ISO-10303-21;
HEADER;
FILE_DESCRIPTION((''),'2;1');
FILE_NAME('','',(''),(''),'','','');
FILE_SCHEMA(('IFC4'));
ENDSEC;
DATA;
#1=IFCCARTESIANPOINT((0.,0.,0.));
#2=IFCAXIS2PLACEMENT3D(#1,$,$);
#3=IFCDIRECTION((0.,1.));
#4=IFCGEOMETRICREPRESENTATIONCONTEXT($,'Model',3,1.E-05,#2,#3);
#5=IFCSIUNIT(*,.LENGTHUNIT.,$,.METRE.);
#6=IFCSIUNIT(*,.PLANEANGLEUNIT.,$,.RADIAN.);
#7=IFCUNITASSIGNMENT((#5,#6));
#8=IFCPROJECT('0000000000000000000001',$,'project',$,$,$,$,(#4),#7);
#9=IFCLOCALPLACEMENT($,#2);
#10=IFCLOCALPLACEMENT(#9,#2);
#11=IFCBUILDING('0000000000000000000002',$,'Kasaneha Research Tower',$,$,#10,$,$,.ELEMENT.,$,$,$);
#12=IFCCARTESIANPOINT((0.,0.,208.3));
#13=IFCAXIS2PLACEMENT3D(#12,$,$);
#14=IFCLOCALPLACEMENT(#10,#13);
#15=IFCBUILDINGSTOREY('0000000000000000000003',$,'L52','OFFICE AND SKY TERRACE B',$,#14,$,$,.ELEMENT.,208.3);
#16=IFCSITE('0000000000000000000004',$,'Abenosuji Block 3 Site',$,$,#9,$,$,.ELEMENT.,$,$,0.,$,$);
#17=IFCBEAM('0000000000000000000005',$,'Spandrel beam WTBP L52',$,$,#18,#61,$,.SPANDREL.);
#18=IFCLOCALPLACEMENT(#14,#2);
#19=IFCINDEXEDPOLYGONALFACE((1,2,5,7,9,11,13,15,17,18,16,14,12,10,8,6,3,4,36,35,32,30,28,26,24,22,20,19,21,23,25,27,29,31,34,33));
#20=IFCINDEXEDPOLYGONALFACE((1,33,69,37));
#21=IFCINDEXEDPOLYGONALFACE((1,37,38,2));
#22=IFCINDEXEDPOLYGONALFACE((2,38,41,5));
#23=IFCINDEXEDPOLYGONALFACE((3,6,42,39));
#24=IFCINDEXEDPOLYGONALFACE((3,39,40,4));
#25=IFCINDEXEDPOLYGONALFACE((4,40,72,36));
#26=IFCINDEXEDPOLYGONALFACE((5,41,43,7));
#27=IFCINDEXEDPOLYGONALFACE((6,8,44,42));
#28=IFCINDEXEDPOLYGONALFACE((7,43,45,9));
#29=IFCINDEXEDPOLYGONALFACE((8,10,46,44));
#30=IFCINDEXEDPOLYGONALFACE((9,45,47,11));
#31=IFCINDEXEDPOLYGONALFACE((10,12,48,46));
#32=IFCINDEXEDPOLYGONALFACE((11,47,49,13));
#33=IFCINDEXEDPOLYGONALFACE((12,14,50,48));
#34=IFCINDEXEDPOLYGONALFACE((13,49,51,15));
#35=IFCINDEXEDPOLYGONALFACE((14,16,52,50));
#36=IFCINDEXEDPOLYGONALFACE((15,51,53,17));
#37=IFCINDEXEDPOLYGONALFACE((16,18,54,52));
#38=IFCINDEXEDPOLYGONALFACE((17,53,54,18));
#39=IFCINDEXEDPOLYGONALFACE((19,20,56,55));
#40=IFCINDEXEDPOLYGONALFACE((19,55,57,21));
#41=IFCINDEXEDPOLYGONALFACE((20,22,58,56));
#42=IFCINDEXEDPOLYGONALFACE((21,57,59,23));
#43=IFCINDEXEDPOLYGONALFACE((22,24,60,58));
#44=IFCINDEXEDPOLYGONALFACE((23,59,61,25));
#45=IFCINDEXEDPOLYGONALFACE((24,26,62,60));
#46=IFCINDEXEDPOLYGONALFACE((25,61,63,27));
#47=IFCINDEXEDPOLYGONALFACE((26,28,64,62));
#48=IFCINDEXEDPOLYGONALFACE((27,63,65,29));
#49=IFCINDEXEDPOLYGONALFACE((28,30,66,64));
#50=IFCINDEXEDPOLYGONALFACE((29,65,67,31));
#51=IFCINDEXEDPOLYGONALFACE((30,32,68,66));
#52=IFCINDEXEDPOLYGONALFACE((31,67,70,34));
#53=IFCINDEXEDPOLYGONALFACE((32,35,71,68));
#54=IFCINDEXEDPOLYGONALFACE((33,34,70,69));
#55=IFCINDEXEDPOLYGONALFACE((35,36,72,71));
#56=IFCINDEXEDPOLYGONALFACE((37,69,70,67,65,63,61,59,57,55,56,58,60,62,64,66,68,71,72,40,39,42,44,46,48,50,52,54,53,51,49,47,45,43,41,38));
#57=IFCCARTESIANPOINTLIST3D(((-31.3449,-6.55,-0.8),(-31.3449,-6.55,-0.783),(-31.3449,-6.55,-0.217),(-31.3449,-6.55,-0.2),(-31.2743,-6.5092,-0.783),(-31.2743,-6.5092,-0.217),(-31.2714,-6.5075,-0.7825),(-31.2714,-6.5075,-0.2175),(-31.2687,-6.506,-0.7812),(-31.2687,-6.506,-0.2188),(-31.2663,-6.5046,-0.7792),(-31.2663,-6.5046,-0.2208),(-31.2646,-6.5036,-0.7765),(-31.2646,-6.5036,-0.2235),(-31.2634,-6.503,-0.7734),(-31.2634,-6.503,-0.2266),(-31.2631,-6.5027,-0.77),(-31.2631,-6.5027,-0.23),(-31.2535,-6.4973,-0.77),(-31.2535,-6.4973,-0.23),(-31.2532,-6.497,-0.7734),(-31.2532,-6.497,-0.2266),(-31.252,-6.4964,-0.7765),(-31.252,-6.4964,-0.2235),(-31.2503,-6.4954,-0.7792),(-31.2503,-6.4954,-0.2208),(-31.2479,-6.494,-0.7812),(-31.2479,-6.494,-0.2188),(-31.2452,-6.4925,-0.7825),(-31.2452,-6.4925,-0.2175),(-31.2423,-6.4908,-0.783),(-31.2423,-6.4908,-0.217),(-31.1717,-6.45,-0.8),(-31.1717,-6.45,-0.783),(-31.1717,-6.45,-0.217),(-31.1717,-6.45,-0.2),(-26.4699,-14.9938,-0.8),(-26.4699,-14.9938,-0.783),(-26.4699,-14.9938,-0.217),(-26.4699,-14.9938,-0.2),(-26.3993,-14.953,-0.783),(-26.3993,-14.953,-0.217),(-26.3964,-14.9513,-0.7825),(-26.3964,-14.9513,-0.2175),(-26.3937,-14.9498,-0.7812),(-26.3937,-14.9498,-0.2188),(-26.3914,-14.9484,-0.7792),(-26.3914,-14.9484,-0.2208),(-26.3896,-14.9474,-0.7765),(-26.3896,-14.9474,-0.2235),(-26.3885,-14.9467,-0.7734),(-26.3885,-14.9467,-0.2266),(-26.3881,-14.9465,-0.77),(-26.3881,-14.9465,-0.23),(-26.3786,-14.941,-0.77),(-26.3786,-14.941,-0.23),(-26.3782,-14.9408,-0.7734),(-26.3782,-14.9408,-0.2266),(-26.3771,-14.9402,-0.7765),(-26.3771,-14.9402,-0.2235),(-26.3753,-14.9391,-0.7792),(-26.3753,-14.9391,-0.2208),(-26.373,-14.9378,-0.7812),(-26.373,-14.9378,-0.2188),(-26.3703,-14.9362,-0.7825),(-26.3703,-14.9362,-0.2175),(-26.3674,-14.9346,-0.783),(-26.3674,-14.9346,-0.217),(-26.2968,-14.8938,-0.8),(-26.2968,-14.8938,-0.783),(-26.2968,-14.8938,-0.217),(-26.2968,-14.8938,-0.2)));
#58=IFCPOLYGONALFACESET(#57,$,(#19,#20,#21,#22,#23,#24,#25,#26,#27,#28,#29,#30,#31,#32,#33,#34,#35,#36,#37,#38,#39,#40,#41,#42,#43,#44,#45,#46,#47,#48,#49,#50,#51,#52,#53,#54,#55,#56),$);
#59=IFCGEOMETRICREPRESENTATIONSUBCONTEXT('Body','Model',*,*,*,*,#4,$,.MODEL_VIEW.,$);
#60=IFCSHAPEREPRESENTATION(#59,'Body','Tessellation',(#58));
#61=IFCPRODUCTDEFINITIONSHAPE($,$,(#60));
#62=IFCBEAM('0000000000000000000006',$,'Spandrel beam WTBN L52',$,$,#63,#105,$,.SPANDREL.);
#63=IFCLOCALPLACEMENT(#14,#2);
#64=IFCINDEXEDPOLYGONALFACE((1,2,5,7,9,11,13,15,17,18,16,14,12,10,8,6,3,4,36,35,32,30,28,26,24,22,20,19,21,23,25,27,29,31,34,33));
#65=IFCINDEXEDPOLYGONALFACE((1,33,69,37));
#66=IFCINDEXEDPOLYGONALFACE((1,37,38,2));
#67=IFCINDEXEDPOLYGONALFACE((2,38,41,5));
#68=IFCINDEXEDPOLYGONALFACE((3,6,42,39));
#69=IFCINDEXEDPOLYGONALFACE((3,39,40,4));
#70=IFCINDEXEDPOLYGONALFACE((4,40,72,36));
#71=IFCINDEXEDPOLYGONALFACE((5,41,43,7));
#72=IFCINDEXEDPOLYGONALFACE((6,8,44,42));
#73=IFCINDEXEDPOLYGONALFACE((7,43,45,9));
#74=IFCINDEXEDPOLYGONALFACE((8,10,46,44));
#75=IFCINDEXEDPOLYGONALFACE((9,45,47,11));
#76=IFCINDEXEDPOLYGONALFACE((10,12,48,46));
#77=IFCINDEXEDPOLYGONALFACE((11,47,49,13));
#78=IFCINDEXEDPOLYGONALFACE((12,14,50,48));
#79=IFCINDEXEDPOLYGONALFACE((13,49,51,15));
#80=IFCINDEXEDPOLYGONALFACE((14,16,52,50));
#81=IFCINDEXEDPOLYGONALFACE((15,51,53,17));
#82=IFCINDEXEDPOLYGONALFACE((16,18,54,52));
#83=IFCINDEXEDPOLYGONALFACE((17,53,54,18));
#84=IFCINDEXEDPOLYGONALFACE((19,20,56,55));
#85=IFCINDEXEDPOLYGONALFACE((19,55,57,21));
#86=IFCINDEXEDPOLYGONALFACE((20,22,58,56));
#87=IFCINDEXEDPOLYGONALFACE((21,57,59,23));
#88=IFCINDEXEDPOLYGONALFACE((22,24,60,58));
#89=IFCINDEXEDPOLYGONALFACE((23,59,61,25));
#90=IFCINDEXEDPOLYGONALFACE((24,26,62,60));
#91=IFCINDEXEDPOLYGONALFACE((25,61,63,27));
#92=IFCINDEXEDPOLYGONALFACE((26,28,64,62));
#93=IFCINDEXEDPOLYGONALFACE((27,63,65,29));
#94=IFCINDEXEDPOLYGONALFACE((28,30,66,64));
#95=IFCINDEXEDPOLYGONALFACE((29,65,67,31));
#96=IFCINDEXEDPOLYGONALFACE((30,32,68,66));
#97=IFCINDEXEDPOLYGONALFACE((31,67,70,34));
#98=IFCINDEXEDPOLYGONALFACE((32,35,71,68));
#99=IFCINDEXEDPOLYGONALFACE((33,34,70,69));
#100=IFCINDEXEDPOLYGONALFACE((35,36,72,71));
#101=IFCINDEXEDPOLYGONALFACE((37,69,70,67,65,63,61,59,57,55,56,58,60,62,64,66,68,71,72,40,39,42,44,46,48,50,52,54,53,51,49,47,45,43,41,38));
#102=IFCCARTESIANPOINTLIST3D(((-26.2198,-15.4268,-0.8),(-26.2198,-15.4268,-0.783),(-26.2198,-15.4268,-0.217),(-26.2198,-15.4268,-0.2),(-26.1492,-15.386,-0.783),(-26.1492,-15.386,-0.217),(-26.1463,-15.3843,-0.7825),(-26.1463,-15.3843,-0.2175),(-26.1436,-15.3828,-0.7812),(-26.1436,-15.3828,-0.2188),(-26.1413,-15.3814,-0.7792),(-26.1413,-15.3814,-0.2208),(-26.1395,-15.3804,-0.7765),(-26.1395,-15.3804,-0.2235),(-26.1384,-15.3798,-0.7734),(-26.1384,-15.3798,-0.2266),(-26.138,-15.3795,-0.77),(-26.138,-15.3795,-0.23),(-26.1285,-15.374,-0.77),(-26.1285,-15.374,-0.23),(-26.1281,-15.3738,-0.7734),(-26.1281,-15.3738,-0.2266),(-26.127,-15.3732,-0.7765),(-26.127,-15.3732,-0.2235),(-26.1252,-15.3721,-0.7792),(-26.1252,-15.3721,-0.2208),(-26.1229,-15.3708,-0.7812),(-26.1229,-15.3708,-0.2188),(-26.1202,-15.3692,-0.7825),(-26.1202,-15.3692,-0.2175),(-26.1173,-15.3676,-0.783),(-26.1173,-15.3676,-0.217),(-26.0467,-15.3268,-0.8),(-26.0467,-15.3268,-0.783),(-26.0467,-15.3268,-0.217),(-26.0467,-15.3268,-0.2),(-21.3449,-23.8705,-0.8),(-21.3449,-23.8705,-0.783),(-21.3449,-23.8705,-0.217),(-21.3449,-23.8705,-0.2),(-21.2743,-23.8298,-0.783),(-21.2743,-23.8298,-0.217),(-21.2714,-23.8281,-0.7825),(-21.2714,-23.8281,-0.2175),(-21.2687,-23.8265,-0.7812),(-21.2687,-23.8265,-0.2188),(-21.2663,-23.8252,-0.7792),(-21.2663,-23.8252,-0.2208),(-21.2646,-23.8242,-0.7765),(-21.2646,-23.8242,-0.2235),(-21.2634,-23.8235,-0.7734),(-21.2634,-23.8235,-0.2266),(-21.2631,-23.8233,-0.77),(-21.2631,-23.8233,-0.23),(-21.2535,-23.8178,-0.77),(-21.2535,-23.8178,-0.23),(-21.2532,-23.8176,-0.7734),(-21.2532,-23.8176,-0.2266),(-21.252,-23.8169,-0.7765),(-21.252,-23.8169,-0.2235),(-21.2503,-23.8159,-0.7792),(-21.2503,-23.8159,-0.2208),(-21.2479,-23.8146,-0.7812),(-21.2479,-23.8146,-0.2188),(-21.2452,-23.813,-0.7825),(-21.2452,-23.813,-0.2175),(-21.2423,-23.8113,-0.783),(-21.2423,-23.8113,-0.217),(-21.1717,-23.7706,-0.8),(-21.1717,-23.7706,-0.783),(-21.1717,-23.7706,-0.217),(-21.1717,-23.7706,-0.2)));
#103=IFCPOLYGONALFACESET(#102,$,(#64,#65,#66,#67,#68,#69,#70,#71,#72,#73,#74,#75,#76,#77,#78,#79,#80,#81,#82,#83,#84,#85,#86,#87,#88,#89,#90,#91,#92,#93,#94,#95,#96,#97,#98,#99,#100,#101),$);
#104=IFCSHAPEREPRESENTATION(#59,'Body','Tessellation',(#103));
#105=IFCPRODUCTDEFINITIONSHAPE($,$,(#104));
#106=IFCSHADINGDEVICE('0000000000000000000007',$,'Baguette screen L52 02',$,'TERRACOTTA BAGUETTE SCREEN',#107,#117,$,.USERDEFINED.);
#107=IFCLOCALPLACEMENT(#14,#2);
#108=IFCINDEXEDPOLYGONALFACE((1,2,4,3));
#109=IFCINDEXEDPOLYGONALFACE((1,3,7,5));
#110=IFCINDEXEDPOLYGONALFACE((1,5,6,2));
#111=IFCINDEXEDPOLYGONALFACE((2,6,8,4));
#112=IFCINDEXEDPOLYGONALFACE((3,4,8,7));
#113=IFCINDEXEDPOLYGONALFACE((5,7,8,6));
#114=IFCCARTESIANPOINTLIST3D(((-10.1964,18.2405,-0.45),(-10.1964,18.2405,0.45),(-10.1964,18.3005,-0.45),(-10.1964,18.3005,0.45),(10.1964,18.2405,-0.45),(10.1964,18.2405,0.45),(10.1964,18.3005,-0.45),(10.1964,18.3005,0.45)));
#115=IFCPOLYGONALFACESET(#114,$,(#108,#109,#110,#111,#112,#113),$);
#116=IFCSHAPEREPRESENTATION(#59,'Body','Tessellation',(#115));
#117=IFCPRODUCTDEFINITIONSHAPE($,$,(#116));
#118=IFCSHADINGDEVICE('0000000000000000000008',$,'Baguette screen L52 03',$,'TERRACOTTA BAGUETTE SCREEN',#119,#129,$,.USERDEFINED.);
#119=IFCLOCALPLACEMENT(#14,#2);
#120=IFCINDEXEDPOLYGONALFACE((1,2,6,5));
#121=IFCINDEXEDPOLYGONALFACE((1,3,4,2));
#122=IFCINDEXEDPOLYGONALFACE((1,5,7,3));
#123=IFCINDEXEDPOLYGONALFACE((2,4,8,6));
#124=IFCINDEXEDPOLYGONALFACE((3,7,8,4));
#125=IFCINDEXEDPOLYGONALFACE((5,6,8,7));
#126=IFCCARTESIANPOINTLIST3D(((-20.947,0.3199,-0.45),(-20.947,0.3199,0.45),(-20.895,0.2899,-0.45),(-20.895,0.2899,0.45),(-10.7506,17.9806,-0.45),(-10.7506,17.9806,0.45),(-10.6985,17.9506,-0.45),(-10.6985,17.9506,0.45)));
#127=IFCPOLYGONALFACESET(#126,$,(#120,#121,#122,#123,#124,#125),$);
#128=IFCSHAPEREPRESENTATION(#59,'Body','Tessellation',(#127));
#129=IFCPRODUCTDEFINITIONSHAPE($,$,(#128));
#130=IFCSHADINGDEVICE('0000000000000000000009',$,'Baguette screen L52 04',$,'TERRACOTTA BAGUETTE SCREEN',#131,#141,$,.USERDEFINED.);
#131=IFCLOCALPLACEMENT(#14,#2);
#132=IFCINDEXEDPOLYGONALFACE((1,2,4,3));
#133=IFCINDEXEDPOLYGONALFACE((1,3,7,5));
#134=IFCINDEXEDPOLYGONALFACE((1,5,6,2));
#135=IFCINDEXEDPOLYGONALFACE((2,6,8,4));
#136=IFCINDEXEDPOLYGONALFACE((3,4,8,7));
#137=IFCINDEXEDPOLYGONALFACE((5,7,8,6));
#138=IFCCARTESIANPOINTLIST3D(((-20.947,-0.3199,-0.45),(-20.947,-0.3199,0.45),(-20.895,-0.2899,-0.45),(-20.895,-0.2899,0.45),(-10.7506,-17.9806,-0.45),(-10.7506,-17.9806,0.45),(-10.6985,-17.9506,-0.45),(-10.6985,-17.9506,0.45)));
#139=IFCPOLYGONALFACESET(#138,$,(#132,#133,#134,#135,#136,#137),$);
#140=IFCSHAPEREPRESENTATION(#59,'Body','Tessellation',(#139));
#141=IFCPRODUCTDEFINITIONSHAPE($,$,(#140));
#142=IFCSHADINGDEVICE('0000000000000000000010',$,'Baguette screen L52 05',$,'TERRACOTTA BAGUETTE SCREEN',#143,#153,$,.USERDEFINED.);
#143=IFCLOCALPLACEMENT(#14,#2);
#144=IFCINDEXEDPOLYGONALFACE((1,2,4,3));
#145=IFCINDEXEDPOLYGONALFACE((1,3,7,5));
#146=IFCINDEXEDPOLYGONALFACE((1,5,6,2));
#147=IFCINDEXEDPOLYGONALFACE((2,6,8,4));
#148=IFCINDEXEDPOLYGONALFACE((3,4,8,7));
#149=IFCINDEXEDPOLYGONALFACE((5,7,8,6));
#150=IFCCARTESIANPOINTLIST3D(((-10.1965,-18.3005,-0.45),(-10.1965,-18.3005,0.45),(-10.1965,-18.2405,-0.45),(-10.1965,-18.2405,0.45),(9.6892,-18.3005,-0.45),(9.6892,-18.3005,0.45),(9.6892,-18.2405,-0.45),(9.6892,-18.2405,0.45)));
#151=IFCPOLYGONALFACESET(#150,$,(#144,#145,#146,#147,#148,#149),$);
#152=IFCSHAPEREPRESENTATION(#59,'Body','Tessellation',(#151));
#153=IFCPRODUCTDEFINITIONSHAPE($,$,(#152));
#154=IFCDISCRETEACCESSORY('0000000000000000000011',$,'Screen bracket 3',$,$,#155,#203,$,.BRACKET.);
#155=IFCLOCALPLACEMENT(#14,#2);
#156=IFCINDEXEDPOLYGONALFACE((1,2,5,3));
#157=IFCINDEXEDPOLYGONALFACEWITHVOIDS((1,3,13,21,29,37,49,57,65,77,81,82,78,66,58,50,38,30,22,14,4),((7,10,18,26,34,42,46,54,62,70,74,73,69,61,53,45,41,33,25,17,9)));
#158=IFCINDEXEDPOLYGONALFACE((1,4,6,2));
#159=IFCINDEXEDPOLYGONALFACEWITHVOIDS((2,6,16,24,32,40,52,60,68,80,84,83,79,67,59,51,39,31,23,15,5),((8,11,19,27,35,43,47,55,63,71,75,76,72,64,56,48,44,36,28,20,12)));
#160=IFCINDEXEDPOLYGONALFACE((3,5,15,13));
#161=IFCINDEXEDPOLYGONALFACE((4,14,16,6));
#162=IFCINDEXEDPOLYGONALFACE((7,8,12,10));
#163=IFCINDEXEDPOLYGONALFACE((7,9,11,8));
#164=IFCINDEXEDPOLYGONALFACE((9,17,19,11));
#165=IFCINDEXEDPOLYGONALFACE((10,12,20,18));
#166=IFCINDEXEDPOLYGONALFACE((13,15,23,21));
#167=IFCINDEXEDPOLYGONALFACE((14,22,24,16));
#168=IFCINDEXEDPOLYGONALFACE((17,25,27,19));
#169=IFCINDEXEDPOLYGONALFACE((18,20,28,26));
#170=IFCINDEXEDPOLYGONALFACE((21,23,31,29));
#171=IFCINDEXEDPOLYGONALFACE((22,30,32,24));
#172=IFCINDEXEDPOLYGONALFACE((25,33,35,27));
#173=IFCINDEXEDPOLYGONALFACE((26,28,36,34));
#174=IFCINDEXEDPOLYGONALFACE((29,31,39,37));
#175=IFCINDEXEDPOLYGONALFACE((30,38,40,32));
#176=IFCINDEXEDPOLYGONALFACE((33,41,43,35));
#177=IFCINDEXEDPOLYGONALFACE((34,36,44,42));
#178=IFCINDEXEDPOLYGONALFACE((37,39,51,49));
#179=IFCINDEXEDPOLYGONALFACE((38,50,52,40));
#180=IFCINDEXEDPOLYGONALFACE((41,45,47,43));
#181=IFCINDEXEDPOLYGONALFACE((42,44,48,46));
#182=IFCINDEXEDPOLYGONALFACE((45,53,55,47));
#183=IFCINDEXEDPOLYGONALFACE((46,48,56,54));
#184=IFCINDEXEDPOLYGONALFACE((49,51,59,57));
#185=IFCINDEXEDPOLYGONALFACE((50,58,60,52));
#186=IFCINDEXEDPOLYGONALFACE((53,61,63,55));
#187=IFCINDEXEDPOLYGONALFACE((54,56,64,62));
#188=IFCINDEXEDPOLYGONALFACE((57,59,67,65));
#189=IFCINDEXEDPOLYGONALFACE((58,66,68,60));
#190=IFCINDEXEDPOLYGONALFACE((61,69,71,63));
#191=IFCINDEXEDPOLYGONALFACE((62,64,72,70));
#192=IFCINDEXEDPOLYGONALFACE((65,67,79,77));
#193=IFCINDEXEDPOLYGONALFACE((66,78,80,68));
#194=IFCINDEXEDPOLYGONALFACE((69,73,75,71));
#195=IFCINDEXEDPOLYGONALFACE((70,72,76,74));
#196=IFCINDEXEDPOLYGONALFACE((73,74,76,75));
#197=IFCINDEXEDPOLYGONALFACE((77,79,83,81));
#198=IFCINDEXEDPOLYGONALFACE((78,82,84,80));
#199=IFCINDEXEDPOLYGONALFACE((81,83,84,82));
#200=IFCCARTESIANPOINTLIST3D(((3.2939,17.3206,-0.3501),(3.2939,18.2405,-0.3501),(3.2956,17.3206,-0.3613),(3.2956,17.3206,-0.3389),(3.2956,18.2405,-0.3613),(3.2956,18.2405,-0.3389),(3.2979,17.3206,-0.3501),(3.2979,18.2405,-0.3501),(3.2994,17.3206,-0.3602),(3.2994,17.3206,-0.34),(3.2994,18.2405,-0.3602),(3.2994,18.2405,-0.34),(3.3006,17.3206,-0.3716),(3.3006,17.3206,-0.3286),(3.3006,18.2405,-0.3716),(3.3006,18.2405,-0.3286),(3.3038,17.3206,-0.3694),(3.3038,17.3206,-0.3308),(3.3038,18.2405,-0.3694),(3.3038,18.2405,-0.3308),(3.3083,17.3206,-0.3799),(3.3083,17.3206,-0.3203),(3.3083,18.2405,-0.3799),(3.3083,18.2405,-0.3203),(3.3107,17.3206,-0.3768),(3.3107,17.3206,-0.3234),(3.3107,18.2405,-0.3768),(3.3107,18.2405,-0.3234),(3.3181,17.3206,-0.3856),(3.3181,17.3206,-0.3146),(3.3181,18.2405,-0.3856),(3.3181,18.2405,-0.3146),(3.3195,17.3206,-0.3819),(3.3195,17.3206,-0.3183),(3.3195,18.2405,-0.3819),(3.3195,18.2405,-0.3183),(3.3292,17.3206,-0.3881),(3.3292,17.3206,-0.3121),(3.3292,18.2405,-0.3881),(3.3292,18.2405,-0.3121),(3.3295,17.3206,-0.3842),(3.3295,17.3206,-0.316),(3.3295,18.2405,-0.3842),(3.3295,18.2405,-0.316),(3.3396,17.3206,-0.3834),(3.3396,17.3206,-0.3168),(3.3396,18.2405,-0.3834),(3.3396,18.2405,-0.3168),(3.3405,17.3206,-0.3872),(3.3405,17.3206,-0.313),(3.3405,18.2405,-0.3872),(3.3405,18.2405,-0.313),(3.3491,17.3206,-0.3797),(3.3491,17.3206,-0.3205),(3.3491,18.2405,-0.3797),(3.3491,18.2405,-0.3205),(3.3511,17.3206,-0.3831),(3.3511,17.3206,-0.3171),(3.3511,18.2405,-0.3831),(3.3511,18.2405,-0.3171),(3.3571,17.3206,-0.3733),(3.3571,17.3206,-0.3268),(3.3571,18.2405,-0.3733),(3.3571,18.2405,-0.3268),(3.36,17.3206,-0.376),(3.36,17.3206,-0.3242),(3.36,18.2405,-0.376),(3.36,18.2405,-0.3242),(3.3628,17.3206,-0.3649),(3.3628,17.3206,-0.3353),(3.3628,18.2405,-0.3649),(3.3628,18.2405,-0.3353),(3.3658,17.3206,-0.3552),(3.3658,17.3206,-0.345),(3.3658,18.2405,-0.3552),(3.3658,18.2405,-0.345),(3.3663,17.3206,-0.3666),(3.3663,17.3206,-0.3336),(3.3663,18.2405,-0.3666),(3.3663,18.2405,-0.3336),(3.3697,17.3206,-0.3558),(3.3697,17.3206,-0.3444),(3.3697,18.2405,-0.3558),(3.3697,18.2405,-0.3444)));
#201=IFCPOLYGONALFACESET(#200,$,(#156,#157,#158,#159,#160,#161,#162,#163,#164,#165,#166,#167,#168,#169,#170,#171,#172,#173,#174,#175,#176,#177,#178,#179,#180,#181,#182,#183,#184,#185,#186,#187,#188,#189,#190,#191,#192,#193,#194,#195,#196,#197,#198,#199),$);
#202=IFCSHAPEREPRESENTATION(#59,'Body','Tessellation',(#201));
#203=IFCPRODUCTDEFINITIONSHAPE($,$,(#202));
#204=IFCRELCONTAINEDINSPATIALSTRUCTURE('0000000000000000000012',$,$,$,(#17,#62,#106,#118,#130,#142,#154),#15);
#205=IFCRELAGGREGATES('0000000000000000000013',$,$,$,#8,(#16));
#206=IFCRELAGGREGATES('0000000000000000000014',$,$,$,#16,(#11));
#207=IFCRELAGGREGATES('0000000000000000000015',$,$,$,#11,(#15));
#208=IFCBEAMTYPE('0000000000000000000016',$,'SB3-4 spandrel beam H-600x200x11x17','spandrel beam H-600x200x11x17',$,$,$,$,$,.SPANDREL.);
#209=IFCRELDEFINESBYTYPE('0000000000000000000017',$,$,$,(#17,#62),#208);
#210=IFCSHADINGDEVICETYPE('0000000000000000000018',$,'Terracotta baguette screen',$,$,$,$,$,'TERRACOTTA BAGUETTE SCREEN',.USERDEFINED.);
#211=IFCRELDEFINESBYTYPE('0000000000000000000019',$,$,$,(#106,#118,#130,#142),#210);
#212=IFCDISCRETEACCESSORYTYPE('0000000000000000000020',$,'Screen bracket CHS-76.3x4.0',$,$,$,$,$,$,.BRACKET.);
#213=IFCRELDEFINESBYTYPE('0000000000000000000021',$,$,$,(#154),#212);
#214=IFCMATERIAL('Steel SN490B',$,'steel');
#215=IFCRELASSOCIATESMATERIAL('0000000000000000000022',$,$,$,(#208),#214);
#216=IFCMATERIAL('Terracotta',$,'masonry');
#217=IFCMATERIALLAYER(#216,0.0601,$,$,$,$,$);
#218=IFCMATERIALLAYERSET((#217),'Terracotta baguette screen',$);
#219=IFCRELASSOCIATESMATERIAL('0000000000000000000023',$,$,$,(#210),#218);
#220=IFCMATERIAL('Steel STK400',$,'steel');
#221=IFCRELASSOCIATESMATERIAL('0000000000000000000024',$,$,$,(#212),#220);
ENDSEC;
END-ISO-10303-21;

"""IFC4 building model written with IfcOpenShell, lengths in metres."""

from ifc_helpers import new_model, si_unit, direction, frame, origin, origin_2d, place, context, subcontext, project, spatial, rectangle, hollow_circle, i_section, extrude, material, layer, layer_set, material_profile, profile_set, type_object, element, save


model = new_model("IFC4")

# Units and contexts
model_context = context("Model", 3, precision=1e-05, world=origin(), true_north=direction((0.0, 1.0)))
body_context = subcontext(model_context, "Body", "Model", "MODEL_VIEW")
ifc_project = project(units=[si_unit("LENGTHUNIT", "METRE"), si_unit("PLANEANGLEUNIT", "RADIAN")], contexts=[model_context])

# Site, building, storey
site_placement = place(None, origin())
site = spatial("IfcSite", under=ifc_project, at=site_placement, Name="Abenosuji Block 3 Site", CompositionType="ELEMENT", RefElevation=0.0)
building_placement = place(site_placement, origin())
building = spatial("IfcBuilding", under=site, at=building_placement, Name="Kasaneha Research Tower", CompositionType="ELEMENT")
storey_placement = place(building_placement, frame((0.0, 0.0, 208.3)))
storey = spatial("IfcBuildingStorey", under=building, at=storey_placement, Name="L52", Description="OFFICE AND SKY TERRACE B", CompositionType="ELEMENT", Elevation=208.3)

# Beams
ifc_material_1 = material(Name="Steel SN490B", Category="steel")
ifc_material_profile_1 = material_profile(ifc_material_1, i_section(OverallWidth=0.2, OverallDepth=0.6001, WebThickness=0.011, FlangeThickness=0.0171, FilletRadius=0.0129, at=origin_2d()), Name="H-600x200x11x17")
ifc_profile_set_1 = profile_set([ifc_material_profile_1], Name="Steel SN490B")
beam_type_1 = type_object("IfcBeamType", Name="SB3-4 spandrel beam H-600x200x11x17", Description="spandrel beam H-600x200x11x17", PredefinedType="SPANDREL", material=ifc_profile_set_1)
for number, where, z_axis, x_axis, name in (
    (1, (-31.2583, -6.5, -0.5), (0.499996, -0.866028, 0.0), (0.866028, 0.499996, 0.0), "Spandrel beam WTBP L52"),
    (2, (-21.2583, -23.8206, -0.5), (-0.499996, 0.866028, 0.0), (-0.866028, -0.499996, 0.0), "Spandrel beam WTBN L52"),
):
    element("IfcBeam", number, at=place(storey_placement, frame(where, z_axis=z_axis, x_axis=x_axis)), inside=storey, type_object=beam_type_1, Name=name, PredefinedType="SPANDREL", context=body_context, shape_type="SweptSolid", body=[
        extrude(i_section(OverallWidth=0.2, OverallDepth=0.6001, WebThickness=0.011, FlangeThickness=0.0171, FilletRadius=0.0129, at=origin_2d()), origin(), (0.0, 0.0, 1.0), 9.75),
    ])

# Shading devices
ifc_material_2 = material(Name="Terracotta", Category="masonry")
ifc_layer = layer(ifc_material_2, 0.0601)
ifc_layer_set = layer_set([ifc_layer], Name="Terracotta baguette screen")
shading_device_type = type_object("IfcShadingDeviceType", Name="Terracotta baguette screen", ElementType="TERRACOTTA BAGUETTE SCREEN", PredefinedType="USERDEFINED", material=ifc_layer_set)
for number, where, z_axis, x_axis, name in (
    (3, (0.0, 18.2705, -0.45), (0.0, 0.0, 1.0), (-1.0, 0.0, 0.0), "Baguette screen L52 02"),
    (4, (-15.8228, 9.1353, -0.45), (0.0, 0.0, 1.0), (-0.5, -0.866025, 0.0), "Baguette screen L52 03"),
    (5, (-15.8228, -9.1353, -0.45), (0.0, 0.0, 1.0), (0.5, -0.866025, 0.0), "Baguette screen L52 04"),
):
    element("IfcShadingDevice", number, at=place(storey_placement, frame(where, z_axis=z_axis, x_axis=x_axis)), inside=storey, type_object=shading_device_type, Name=name, ObjectType="TERRACOTTA BAGUETTE SCREEN", PredefinedType="USERDEFINED", context=body_context, shape_type="SweptSolid", body=[
        extrude(rectangle(XDim=20.3928, YDim=0.0601, at=origin_2d()), origin(), (0.0, 0.0, 1.0), 0.8999),
    ])
shading_device_placement = place(storey_placement, frame((-0.2537, -18.2705, -0.45), z_axis=(0.0, 0.0, 1.0), x_axis=(1.0, 0.0, 0.0)))
element("IfcShadingDevice", 6, at=shading_device_placement, inside=storey, type_object=shading_device_type, Name="Baguette screen L52 05", ObjectType="TERRACOTTA BAGUETTE SCREEN", PredefinedType="USERDEFINED", context=body_context, shape_type="SweptSolid", body=[
    extrude(rectangle(XDim=19.8857, YDim=0.0601, at=origin_2d()), origin(), (0.0, 0.0, 1.0), 0.8999),
])

# Discrete accessory
ifc_material_3 = material(Name="Steel STK400", Category="steel")
ifc_material_profile_2 = material_profile(ifc_material_3, hollow_circle(Radius=0.0381, WallThickness=0.0039, at=origin_2d()), Name="CHS-76.3x4.0")
ifc_profile_set_2 = profile_set([ifc_material_profile_2], Name="Steel STK400")
discrete_accessory_type = type_object("IfcDiscreteAccessoryType", Name="Screen bracket CHS-76.3x4.0", PredefinedType="BRACKET", material=ifc_profile_set_2)
for number, where, z_axis, x_axis, name in (
    (7, (3.332, 17.3206, -0.3501), (0.0, 1.0, 0.0), (-1.0, 0.0, 0.0), "Screen bracket 3"),
):
    element("IfcDiscreteAccessory", number, at=place(storey_placement, frame(where, z_axis=z_axis, x_axis=x_axis)), inside=storey, type_object=discrete_accessory_type, Name=name, PredefinedType="BRACKET", context=body_context, shape_type="SweptSolid", body=[
        extrude(hollow_circle(Radius=0.0381, WallThickness=0.0039, at=origin_2d()), origin(), (0.0, 0.0, 1.0), 0.9199),
    ])

save(model, "model.ifc")
